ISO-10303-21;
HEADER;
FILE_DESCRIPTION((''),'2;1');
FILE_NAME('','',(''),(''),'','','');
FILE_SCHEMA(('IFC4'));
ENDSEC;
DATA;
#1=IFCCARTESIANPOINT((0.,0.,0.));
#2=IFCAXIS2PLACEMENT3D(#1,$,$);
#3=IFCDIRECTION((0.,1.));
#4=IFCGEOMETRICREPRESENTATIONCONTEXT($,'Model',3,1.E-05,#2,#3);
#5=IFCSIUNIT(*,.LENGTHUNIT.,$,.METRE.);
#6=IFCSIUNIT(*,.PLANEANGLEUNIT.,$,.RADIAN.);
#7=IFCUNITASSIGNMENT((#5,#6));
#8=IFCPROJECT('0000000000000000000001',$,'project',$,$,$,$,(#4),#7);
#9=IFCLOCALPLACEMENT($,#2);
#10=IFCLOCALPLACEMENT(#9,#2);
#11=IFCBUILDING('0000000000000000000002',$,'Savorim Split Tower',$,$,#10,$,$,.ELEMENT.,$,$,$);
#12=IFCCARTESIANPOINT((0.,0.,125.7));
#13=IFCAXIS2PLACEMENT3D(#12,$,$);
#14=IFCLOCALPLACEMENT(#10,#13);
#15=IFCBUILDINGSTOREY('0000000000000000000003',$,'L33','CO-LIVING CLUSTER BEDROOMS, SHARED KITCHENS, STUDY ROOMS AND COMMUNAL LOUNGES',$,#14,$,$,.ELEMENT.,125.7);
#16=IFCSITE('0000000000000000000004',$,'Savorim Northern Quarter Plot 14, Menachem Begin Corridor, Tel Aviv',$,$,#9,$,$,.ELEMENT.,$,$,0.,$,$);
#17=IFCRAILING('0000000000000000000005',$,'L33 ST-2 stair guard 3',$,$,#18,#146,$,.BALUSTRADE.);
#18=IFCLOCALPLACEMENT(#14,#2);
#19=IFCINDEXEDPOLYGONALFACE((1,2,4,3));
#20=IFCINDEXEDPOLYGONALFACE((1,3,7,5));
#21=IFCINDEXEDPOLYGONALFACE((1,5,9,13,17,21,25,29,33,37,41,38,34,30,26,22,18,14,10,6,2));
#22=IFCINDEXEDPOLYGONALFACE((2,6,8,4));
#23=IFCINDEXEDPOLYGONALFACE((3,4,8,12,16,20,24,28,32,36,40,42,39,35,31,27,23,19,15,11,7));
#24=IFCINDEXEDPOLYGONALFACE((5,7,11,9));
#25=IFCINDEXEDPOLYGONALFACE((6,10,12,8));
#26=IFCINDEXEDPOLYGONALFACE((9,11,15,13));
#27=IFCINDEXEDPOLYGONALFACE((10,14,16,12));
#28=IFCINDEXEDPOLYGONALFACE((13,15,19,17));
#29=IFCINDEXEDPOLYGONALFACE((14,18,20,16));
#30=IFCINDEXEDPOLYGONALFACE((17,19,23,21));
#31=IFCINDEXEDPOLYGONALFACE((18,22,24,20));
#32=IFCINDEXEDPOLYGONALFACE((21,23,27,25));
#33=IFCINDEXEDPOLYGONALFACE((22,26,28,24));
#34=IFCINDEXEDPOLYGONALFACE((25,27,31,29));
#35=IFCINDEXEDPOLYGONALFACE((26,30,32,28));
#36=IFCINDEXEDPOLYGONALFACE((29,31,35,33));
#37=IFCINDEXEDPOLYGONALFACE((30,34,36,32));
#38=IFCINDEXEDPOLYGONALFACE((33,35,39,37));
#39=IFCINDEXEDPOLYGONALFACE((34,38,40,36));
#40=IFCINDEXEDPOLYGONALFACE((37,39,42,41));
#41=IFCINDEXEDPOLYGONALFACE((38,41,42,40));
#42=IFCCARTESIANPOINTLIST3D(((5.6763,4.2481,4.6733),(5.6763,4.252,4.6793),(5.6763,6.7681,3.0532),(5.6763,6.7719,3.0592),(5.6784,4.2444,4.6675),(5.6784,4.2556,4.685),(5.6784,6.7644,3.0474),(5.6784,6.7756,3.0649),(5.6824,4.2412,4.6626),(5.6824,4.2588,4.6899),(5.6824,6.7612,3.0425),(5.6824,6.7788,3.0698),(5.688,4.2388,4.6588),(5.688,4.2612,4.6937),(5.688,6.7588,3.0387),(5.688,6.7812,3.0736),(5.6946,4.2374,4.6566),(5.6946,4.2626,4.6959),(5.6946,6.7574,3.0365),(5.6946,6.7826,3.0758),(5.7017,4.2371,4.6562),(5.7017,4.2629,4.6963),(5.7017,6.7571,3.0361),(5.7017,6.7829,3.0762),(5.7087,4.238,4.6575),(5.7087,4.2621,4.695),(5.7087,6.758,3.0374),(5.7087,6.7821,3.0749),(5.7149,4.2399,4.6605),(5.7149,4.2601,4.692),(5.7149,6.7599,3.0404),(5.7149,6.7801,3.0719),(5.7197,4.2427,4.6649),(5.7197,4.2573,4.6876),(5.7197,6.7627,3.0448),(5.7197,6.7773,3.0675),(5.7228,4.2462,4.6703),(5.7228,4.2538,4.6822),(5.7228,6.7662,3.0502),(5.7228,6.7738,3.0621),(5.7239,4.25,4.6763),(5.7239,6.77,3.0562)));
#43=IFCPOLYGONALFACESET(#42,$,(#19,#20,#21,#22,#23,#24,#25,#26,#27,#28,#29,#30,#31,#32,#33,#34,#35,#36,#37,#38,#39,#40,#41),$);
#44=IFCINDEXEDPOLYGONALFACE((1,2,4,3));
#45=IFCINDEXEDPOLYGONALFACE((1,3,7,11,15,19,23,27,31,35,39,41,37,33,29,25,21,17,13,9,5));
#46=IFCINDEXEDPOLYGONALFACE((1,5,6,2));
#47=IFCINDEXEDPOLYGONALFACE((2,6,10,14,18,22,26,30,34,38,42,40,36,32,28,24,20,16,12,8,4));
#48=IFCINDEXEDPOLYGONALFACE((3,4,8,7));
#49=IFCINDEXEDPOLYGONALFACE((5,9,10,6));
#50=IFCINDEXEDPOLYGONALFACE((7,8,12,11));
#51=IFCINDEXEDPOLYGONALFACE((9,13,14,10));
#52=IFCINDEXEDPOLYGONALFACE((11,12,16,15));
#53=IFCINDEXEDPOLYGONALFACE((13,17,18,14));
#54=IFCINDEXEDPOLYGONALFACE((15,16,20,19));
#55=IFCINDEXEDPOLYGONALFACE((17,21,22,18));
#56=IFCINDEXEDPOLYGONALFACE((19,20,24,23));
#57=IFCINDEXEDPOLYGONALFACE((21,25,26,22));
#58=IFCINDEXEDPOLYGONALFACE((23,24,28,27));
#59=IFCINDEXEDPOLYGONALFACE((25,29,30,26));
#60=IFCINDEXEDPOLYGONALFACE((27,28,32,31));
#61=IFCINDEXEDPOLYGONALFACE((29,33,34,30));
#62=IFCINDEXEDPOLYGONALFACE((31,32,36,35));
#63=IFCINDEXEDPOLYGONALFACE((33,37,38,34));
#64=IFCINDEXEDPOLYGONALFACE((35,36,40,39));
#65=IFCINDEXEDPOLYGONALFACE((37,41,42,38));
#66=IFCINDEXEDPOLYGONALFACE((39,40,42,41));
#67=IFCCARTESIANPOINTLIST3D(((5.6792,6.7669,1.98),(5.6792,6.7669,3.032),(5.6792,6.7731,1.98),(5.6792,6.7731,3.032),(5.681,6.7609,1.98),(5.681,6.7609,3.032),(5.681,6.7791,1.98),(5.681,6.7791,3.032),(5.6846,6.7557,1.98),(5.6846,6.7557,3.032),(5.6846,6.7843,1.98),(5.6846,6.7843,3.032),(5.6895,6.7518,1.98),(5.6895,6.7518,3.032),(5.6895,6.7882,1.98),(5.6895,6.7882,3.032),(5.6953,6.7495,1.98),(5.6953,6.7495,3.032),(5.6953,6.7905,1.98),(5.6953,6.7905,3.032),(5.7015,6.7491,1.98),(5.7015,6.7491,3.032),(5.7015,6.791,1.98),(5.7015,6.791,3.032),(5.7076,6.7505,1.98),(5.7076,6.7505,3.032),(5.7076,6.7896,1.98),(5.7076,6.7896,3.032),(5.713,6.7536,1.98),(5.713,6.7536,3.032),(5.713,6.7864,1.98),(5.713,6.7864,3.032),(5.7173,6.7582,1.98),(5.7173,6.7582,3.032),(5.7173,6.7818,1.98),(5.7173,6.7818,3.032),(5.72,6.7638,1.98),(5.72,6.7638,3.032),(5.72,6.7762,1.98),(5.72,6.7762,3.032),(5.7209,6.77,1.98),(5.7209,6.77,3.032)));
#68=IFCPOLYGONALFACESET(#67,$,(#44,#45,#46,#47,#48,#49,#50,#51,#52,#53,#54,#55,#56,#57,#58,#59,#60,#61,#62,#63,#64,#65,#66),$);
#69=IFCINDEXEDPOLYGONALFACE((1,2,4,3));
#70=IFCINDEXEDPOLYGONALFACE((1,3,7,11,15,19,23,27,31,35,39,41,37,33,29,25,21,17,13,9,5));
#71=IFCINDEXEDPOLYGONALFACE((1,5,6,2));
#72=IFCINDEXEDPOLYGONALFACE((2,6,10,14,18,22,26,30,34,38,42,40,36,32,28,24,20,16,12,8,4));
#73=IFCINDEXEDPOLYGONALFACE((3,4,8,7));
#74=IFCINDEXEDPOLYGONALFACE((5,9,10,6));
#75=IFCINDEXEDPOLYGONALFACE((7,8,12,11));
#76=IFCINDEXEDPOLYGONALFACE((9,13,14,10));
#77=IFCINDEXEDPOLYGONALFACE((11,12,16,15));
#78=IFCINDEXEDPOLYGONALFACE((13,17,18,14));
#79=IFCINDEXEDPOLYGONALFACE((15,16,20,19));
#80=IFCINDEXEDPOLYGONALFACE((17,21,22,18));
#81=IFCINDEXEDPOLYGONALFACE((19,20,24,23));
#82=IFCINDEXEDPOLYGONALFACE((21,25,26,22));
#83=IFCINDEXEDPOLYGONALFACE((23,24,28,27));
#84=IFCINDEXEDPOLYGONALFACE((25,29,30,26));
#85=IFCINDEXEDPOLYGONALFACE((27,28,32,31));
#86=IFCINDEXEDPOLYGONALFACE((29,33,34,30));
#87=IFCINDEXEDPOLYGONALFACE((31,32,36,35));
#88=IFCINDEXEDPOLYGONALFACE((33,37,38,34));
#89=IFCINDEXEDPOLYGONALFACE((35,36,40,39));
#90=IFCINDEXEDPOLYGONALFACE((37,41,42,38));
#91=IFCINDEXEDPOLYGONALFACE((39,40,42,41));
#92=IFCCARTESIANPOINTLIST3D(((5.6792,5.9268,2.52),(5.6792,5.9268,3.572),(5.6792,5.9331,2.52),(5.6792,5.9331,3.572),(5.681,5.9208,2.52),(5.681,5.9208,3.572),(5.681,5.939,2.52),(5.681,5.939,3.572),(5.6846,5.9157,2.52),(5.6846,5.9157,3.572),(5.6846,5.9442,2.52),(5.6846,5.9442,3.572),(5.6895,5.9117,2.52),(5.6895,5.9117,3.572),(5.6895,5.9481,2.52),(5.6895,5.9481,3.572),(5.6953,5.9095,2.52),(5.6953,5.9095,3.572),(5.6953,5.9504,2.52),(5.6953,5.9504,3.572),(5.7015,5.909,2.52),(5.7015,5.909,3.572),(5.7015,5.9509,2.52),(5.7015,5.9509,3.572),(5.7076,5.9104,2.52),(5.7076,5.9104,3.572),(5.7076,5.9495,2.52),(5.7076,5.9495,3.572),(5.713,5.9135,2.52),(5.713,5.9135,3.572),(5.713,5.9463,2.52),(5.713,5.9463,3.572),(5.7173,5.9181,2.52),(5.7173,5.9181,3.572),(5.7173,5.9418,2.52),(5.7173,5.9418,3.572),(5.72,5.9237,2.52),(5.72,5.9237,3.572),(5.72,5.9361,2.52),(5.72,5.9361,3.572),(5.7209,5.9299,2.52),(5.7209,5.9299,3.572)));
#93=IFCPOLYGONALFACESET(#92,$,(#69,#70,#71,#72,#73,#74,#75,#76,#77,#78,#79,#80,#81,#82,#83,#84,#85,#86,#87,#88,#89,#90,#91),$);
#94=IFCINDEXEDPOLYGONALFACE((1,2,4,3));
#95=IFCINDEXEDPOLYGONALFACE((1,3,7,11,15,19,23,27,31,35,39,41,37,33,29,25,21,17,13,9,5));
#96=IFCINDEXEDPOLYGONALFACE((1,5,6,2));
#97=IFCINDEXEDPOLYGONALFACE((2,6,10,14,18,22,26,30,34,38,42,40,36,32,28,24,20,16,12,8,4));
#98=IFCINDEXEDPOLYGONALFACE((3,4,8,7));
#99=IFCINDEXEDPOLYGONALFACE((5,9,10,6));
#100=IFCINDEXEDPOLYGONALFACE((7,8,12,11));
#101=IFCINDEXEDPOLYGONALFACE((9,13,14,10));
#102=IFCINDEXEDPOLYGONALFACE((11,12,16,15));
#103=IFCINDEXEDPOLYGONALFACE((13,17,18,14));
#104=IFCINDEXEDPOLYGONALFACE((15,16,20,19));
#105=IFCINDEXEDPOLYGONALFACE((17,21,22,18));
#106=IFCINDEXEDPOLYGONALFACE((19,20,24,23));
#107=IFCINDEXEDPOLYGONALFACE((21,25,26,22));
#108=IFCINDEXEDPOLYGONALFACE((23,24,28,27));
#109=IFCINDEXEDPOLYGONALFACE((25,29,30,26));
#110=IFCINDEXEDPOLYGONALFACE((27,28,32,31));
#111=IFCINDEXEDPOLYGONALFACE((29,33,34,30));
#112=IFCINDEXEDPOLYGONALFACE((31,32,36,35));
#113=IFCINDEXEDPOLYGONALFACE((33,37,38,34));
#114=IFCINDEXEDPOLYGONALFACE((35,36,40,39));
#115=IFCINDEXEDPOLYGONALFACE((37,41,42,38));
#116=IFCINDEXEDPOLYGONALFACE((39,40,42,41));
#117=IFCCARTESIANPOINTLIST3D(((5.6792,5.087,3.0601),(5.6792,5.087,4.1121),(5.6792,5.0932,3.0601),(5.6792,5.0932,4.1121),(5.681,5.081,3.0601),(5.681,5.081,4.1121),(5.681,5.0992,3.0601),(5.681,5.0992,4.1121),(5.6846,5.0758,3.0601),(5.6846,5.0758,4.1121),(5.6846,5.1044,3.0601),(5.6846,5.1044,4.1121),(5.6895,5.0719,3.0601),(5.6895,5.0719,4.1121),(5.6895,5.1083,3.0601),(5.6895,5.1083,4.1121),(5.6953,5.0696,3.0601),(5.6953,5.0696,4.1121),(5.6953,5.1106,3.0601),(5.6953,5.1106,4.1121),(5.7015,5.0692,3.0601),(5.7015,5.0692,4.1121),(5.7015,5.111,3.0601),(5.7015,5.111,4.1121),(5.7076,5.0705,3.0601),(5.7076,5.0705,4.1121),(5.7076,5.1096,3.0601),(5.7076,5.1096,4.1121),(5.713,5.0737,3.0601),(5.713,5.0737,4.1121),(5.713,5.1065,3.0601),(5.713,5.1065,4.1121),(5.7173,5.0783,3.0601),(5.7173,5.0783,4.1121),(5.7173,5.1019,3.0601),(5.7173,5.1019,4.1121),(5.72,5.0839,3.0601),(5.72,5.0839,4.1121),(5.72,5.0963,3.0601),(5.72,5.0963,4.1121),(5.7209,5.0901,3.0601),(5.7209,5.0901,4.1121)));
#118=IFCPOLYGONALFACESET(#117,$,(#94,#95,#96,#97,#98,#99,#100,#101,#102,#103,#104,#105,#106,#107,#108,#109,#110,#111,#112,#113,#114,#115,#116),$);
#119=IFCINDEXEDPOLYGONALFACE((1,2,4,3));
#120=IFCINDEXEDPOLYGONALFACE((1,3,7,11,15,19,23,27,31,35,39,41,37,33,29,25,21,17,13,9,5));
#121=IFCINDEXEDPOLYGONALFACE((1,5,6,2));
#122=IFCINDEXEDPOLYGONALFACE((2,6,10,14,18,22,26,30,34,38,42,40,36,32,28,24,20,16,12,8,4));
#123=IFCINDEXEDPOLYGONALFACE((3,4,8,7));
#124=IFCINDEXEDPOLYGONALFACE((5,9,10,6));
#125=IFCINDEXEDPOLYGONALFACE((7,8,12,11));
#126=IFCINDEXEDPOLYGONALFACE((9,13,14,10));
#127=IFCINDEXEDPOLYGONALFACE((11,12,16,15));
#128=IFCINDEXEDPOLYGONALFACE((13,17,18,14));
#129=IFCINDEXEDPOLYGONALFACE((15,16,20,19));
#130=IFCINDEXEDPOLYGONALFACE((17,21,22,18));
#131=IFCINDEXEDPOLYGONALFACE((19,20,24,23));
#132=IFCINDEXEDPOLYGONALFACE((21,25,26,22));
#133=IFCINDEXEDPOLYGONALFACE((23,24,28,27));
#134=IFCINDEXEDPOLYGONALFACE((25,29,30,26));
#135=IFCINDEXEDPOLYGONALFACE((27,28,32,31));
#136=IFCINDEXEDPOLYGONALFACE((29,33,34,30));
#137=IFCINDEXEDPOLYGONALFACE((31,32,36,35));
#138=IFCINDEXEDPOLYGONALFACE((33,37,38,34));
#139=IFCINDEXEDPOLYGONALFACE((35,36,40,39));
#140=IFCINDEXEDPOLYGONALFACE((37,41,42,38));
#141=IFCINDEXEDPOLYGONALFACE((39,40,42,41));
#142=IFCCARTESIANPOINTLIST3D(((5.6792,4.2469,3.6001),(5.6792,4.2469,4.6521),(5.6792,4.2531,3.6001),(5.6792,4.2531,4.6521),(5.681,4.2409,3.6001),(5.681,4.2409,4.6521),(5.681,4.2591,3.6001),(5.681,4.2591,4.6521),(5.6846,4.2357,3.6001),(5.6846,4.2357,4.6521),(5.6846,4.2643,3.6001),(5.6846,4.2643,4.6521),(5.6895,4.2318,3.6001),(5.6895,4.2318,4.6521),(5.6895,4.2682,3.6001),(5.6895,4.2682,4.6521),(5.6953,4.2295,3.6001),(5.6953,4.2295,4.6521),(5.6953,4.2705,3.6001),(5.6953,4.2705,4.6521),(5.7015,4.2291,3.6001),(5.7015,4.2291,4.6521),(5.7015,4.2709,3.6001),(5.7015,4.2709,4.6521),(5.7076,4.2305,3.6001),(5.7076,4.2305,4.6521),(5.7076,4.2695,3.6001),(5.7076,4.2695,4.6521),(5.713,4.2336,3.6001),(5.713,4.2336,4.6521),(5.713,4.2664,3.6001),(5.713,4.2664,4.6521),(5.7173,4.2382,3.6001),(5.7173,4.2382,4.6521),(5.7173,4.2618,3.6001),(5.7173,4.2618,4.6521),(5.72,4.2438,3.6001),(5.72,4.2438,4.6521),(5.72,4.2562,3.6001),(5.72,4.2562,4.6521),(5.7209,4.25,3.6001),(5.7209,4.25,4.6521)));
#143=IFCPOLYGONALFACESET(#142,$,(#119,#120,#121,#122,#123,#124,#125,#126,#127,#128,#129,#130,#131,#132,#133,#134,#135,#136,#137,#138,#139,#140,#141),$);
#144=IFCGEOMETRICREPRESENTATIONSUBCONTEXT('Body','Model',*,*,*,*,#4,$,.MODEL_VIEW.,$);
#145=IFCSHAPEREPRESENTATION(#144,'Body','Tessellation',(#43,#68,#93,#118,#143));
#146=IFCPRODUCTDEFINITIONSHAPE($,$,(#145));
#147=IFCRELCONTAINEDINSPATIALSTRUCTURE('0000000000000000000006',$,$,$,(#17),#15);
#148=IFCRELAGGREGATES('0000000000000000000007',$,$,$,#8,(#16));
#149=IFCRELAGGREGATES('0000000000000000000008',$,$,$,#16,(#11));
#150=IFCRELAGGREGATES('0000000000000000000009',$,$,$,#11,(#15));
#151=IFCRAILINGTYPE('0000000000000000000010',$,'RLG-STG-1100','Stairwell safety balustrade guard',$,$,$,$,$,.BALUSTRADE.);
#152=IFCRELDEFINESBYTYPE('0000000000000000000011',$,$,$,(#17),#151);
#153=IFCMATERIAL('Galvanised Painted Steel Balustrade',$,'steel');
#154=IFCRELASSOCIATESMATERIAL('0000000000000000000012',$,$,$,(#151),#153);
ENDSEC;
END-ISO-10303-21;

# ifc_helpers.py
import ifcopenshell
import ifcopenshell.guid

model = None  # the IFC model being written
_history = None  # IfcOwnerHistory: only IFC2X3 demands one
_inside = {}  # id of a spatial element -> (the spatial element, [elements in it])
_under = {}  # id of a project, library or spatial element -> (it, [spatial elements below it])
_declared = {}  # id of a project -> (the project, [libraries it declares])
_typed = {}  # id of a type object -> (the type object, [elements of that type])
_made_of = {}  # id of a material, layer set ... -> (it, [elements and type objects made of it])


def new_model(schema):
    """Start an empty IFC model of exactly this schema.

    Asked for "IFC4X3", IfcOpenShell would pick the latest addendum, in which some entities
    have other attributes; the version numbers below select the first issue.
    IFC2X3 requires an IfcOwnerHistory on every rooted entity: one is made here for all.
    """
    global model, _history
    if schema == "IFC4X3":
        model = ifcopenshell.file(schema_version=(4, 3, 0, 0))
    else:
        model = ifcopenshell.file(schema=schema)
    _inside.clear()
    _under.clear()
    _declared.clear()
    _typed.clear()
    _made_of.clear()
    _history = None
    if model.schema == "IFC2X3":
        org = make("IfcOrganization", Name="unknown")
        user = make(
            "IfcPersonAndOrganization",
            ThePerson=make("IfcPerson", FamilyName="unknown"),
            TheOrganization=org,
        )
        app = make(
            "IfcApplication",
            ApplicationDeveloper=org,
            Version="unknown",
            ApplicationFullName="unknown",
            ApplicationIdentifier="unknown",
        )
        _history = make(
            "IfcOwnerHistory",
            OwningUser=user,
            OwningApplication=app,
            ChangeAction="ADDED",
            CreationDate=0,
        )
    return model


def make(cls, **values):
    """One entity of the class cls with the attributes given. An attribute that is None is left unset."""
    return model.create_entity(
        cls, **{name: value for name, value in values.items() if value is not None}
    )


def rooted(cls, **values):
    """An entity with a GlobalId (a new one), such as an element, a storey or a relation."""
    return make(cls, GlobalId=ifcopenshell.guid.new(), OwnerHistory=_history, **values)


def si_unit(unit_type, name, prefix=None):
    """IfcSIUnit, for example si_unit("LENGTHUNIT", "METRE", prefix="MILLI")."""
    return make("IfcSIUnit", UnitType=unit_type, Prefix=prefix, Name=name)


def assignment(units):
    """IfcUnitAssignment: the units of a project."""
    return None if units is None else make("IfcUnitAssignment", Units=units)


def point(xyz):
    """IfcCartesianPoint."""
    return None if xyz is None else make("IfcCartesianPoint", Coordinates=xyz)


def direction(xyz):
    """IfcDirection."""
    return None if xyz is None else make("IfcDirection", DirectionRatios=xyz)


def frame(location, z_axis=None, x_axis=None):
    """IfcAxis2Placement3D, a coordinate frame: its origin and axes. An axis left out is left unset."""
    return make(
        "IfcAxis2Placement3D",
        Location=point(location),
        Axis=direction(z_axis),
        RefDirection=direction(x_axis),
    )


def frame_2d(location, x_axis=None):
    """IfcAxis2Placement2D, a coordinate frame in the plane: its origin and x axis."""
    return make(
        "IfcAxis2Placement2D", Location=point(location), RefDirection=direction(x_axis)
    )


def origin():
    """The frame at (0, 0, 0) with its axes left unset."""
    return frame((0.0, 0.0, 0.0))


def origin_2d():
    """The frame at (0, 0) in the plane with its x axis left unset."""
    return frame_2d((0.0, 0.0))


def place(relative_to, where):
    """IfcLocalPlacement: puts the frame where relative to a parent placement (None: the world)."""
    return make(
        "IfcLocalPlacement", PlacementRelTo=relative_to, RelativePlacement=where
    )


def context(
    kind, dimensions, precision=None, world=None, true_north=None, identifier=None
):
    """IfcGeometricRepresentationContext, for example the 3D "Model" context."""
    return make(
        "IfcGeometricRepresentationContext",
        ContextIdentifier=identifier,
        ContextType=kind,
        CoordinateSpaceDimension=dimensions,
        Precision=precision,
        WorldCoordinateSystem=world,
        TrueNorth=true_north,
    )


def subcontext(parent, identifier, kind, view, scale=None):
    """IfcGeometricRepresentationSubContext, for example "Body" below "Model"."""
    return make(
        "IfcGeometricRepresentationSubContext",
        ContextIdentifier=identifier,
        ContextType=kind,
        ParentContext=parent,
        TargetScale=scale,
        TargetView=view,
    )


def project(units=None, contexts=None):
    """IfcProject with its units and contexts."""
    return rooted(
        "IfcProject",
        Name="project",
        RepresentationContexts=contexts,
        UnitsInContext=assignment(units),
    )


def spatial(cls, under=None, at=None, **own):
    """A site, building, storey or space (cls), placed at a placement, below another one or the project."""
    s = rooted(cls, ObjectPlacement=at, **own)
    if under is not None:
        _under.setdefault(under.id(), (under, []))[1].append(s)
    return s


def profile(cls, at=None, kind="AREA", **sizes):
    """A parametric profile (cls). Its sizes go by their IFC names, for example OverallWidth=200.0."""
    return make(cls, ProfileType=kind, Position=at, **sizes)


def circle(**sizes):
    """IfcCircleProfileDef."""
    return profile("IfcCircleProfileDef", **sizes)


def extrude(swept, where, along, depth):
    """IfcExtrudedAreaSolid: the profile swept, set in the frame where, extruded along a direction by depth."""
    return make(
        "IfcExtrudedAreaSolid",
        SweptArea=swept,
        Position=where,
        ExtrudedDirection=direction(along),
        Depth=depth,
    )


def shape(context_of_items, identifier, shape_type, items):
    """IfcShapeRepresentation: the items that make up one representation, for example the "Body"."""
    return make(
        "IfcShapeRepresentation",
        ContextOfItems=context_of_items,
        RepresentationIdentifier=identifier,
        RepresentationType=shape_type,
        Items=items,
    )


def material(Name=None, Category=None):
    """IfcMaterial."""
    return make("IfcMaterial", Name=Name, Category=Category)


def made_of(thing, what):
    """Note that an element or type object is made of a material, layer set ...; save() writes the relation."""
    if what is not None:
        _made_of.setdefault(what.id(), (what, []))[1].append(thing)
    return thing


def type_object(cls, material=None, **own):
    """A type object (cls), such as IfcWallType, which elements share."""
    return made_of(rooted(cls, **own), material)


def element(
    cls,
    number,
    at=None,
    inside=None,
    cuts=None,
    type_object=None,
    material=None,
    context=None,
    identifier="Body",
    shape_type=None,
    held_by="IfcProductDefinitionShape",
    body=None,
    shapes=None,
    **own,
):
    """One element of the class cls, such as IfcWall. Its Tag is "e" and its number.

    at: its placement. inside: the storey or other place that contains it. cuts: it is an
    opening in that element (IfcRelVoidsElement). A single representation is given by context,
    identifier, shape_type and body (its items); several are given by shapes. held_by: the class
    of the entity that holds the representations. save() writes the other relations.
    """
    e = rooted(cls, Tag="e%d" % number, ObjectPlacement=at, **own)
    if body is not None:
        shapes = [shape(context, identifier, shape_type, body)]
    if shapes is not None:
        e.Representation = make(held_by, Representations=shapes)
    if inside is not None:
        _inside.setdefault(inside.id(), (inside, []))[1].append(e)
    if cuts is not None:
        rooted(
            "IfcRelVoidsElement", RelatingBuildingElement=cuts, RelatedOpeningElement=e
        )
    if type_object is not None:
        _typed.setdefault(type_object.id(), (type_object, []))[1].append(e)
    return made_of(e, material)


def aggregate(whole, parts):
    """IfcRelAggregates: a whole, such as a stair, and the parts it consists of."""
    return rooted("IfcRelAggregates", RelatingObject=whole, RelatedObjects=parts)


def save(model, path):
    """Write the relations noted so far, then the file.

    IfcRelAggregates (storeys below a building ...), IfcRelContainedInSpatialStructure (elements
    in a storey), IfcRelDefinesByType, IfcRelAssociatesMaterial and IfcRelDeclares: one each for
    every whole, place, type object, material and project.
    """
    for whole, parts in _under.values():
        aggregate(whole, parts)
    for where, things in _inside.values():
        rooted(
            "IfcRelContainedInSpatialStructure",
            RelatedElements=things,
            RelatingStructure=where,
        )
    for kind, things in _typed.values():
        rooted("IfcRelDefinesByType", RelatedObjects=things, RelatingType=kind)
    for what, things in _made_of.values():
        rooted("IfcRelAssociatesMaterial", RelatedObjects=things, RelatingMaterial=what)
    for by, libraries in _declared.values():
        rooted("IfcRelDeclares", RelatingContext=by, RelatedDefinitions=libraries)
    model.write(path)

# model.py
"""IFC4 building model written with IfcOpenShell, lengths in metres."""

from ifc_helpers import new_model, si_unit, direction, frame, origin, origin_2d, place, context, subcontext, project, spatial, circle, extrude, material, type_object, element, save


model = new_model("IFC4")

# Units and contexts
model_context = context("Model", 3, precision=1e-05, world=origin(), true_north=direction((0.0, 1.0)))
body_context = subcontext(model_context, "Body", "Model", "MODEL_VIEW")
ifc_project = project(units=[si_unit("LENGTHUNIT", "METRE"), si_unit("PLANEANGLEUNIT", "RADIAN")], contexts=[model_context])

# Site, building, storey
site_placement = place(None, origin())
site = spatial("IfcSite", under=ifc_project, at=site_placement, Name="Savorim Northern Quarter Plot 14, Menachem Begin Corridor, Tel Aviv", CompositionType="ELEMENT", RefElevation=0.0)
building_placement = place(site_placement, origin())
building = spatial("IfcBuilding", under=site, at=building_placement, Name="Savorim Split Tower", CompositionType="ELEMENT")
storey_placement = place(building_placement, frame((0.0, 0.0, 125.7)))
storey = spatial("IfcBuildingStorey", under=building, at=storey_placement, Name="L33", Description="CO-LIVING CLUSTER BEDROOMS, SHARED KITCHENS, STUDY ROOMS AND COMMUNAL LOUNGES", CompositionType="ELEMENT", Elevation=125.7)

# Railing
ifc_material_1 = material(Name="Galvanised Painted Steel Balustrade", Category="steel")
railing_type_1 = type_object("IfcRailingType", Name="RLG-STG-1100", Description="Stairwell safety balustrade guard", PredefinedType="BALUSTRADE", material=ifc_material_1)
railing_1_placement = place(storey_placement, frame((5.7, 6.77, 1.98)))
element("IfcRailing", 1, at=railing_1_placement, inside=storey, type_object=railing_type_1, Name="L33 ST-2 stair guard 3", PredefinedType="BALUSTRADE", context=body_context, shape_type="SweptSolid", body=[
    extrude(circle(Radius=0.0239, at=origin_2d()), frame((0.0, 0.0, 1.0762), z_axis=(0.0, -0.841163, 0.540782), x_axis=(1.0, 0.0, 0.0)), (0.0, 0.0, 1.0), 2.9958),
    extrude(circle(Radius=0.021, at=origin_2d()), origin(), (0.0, 0.0, 1.0), 1.052),
    extrude(circle(Radius=0.021, at=origin_2d()), frame((0.0, -0.8401, 0.54)), (0.0, 0.0, 1.0), 1.052),
    extrude(circle(Radius=0.021, at=origin_2d()), frame((0.0, -1.6799, 1.0801)), (0.0, 0.0, 1.0), 1.052),
    extrude(circle(Radius=0.021, at=origin_2d()), frame((0.0, -2.52, 1.6201)), (0.0, 0.0, 1.0), 1.052),
])

save(model, "model.ifc")
